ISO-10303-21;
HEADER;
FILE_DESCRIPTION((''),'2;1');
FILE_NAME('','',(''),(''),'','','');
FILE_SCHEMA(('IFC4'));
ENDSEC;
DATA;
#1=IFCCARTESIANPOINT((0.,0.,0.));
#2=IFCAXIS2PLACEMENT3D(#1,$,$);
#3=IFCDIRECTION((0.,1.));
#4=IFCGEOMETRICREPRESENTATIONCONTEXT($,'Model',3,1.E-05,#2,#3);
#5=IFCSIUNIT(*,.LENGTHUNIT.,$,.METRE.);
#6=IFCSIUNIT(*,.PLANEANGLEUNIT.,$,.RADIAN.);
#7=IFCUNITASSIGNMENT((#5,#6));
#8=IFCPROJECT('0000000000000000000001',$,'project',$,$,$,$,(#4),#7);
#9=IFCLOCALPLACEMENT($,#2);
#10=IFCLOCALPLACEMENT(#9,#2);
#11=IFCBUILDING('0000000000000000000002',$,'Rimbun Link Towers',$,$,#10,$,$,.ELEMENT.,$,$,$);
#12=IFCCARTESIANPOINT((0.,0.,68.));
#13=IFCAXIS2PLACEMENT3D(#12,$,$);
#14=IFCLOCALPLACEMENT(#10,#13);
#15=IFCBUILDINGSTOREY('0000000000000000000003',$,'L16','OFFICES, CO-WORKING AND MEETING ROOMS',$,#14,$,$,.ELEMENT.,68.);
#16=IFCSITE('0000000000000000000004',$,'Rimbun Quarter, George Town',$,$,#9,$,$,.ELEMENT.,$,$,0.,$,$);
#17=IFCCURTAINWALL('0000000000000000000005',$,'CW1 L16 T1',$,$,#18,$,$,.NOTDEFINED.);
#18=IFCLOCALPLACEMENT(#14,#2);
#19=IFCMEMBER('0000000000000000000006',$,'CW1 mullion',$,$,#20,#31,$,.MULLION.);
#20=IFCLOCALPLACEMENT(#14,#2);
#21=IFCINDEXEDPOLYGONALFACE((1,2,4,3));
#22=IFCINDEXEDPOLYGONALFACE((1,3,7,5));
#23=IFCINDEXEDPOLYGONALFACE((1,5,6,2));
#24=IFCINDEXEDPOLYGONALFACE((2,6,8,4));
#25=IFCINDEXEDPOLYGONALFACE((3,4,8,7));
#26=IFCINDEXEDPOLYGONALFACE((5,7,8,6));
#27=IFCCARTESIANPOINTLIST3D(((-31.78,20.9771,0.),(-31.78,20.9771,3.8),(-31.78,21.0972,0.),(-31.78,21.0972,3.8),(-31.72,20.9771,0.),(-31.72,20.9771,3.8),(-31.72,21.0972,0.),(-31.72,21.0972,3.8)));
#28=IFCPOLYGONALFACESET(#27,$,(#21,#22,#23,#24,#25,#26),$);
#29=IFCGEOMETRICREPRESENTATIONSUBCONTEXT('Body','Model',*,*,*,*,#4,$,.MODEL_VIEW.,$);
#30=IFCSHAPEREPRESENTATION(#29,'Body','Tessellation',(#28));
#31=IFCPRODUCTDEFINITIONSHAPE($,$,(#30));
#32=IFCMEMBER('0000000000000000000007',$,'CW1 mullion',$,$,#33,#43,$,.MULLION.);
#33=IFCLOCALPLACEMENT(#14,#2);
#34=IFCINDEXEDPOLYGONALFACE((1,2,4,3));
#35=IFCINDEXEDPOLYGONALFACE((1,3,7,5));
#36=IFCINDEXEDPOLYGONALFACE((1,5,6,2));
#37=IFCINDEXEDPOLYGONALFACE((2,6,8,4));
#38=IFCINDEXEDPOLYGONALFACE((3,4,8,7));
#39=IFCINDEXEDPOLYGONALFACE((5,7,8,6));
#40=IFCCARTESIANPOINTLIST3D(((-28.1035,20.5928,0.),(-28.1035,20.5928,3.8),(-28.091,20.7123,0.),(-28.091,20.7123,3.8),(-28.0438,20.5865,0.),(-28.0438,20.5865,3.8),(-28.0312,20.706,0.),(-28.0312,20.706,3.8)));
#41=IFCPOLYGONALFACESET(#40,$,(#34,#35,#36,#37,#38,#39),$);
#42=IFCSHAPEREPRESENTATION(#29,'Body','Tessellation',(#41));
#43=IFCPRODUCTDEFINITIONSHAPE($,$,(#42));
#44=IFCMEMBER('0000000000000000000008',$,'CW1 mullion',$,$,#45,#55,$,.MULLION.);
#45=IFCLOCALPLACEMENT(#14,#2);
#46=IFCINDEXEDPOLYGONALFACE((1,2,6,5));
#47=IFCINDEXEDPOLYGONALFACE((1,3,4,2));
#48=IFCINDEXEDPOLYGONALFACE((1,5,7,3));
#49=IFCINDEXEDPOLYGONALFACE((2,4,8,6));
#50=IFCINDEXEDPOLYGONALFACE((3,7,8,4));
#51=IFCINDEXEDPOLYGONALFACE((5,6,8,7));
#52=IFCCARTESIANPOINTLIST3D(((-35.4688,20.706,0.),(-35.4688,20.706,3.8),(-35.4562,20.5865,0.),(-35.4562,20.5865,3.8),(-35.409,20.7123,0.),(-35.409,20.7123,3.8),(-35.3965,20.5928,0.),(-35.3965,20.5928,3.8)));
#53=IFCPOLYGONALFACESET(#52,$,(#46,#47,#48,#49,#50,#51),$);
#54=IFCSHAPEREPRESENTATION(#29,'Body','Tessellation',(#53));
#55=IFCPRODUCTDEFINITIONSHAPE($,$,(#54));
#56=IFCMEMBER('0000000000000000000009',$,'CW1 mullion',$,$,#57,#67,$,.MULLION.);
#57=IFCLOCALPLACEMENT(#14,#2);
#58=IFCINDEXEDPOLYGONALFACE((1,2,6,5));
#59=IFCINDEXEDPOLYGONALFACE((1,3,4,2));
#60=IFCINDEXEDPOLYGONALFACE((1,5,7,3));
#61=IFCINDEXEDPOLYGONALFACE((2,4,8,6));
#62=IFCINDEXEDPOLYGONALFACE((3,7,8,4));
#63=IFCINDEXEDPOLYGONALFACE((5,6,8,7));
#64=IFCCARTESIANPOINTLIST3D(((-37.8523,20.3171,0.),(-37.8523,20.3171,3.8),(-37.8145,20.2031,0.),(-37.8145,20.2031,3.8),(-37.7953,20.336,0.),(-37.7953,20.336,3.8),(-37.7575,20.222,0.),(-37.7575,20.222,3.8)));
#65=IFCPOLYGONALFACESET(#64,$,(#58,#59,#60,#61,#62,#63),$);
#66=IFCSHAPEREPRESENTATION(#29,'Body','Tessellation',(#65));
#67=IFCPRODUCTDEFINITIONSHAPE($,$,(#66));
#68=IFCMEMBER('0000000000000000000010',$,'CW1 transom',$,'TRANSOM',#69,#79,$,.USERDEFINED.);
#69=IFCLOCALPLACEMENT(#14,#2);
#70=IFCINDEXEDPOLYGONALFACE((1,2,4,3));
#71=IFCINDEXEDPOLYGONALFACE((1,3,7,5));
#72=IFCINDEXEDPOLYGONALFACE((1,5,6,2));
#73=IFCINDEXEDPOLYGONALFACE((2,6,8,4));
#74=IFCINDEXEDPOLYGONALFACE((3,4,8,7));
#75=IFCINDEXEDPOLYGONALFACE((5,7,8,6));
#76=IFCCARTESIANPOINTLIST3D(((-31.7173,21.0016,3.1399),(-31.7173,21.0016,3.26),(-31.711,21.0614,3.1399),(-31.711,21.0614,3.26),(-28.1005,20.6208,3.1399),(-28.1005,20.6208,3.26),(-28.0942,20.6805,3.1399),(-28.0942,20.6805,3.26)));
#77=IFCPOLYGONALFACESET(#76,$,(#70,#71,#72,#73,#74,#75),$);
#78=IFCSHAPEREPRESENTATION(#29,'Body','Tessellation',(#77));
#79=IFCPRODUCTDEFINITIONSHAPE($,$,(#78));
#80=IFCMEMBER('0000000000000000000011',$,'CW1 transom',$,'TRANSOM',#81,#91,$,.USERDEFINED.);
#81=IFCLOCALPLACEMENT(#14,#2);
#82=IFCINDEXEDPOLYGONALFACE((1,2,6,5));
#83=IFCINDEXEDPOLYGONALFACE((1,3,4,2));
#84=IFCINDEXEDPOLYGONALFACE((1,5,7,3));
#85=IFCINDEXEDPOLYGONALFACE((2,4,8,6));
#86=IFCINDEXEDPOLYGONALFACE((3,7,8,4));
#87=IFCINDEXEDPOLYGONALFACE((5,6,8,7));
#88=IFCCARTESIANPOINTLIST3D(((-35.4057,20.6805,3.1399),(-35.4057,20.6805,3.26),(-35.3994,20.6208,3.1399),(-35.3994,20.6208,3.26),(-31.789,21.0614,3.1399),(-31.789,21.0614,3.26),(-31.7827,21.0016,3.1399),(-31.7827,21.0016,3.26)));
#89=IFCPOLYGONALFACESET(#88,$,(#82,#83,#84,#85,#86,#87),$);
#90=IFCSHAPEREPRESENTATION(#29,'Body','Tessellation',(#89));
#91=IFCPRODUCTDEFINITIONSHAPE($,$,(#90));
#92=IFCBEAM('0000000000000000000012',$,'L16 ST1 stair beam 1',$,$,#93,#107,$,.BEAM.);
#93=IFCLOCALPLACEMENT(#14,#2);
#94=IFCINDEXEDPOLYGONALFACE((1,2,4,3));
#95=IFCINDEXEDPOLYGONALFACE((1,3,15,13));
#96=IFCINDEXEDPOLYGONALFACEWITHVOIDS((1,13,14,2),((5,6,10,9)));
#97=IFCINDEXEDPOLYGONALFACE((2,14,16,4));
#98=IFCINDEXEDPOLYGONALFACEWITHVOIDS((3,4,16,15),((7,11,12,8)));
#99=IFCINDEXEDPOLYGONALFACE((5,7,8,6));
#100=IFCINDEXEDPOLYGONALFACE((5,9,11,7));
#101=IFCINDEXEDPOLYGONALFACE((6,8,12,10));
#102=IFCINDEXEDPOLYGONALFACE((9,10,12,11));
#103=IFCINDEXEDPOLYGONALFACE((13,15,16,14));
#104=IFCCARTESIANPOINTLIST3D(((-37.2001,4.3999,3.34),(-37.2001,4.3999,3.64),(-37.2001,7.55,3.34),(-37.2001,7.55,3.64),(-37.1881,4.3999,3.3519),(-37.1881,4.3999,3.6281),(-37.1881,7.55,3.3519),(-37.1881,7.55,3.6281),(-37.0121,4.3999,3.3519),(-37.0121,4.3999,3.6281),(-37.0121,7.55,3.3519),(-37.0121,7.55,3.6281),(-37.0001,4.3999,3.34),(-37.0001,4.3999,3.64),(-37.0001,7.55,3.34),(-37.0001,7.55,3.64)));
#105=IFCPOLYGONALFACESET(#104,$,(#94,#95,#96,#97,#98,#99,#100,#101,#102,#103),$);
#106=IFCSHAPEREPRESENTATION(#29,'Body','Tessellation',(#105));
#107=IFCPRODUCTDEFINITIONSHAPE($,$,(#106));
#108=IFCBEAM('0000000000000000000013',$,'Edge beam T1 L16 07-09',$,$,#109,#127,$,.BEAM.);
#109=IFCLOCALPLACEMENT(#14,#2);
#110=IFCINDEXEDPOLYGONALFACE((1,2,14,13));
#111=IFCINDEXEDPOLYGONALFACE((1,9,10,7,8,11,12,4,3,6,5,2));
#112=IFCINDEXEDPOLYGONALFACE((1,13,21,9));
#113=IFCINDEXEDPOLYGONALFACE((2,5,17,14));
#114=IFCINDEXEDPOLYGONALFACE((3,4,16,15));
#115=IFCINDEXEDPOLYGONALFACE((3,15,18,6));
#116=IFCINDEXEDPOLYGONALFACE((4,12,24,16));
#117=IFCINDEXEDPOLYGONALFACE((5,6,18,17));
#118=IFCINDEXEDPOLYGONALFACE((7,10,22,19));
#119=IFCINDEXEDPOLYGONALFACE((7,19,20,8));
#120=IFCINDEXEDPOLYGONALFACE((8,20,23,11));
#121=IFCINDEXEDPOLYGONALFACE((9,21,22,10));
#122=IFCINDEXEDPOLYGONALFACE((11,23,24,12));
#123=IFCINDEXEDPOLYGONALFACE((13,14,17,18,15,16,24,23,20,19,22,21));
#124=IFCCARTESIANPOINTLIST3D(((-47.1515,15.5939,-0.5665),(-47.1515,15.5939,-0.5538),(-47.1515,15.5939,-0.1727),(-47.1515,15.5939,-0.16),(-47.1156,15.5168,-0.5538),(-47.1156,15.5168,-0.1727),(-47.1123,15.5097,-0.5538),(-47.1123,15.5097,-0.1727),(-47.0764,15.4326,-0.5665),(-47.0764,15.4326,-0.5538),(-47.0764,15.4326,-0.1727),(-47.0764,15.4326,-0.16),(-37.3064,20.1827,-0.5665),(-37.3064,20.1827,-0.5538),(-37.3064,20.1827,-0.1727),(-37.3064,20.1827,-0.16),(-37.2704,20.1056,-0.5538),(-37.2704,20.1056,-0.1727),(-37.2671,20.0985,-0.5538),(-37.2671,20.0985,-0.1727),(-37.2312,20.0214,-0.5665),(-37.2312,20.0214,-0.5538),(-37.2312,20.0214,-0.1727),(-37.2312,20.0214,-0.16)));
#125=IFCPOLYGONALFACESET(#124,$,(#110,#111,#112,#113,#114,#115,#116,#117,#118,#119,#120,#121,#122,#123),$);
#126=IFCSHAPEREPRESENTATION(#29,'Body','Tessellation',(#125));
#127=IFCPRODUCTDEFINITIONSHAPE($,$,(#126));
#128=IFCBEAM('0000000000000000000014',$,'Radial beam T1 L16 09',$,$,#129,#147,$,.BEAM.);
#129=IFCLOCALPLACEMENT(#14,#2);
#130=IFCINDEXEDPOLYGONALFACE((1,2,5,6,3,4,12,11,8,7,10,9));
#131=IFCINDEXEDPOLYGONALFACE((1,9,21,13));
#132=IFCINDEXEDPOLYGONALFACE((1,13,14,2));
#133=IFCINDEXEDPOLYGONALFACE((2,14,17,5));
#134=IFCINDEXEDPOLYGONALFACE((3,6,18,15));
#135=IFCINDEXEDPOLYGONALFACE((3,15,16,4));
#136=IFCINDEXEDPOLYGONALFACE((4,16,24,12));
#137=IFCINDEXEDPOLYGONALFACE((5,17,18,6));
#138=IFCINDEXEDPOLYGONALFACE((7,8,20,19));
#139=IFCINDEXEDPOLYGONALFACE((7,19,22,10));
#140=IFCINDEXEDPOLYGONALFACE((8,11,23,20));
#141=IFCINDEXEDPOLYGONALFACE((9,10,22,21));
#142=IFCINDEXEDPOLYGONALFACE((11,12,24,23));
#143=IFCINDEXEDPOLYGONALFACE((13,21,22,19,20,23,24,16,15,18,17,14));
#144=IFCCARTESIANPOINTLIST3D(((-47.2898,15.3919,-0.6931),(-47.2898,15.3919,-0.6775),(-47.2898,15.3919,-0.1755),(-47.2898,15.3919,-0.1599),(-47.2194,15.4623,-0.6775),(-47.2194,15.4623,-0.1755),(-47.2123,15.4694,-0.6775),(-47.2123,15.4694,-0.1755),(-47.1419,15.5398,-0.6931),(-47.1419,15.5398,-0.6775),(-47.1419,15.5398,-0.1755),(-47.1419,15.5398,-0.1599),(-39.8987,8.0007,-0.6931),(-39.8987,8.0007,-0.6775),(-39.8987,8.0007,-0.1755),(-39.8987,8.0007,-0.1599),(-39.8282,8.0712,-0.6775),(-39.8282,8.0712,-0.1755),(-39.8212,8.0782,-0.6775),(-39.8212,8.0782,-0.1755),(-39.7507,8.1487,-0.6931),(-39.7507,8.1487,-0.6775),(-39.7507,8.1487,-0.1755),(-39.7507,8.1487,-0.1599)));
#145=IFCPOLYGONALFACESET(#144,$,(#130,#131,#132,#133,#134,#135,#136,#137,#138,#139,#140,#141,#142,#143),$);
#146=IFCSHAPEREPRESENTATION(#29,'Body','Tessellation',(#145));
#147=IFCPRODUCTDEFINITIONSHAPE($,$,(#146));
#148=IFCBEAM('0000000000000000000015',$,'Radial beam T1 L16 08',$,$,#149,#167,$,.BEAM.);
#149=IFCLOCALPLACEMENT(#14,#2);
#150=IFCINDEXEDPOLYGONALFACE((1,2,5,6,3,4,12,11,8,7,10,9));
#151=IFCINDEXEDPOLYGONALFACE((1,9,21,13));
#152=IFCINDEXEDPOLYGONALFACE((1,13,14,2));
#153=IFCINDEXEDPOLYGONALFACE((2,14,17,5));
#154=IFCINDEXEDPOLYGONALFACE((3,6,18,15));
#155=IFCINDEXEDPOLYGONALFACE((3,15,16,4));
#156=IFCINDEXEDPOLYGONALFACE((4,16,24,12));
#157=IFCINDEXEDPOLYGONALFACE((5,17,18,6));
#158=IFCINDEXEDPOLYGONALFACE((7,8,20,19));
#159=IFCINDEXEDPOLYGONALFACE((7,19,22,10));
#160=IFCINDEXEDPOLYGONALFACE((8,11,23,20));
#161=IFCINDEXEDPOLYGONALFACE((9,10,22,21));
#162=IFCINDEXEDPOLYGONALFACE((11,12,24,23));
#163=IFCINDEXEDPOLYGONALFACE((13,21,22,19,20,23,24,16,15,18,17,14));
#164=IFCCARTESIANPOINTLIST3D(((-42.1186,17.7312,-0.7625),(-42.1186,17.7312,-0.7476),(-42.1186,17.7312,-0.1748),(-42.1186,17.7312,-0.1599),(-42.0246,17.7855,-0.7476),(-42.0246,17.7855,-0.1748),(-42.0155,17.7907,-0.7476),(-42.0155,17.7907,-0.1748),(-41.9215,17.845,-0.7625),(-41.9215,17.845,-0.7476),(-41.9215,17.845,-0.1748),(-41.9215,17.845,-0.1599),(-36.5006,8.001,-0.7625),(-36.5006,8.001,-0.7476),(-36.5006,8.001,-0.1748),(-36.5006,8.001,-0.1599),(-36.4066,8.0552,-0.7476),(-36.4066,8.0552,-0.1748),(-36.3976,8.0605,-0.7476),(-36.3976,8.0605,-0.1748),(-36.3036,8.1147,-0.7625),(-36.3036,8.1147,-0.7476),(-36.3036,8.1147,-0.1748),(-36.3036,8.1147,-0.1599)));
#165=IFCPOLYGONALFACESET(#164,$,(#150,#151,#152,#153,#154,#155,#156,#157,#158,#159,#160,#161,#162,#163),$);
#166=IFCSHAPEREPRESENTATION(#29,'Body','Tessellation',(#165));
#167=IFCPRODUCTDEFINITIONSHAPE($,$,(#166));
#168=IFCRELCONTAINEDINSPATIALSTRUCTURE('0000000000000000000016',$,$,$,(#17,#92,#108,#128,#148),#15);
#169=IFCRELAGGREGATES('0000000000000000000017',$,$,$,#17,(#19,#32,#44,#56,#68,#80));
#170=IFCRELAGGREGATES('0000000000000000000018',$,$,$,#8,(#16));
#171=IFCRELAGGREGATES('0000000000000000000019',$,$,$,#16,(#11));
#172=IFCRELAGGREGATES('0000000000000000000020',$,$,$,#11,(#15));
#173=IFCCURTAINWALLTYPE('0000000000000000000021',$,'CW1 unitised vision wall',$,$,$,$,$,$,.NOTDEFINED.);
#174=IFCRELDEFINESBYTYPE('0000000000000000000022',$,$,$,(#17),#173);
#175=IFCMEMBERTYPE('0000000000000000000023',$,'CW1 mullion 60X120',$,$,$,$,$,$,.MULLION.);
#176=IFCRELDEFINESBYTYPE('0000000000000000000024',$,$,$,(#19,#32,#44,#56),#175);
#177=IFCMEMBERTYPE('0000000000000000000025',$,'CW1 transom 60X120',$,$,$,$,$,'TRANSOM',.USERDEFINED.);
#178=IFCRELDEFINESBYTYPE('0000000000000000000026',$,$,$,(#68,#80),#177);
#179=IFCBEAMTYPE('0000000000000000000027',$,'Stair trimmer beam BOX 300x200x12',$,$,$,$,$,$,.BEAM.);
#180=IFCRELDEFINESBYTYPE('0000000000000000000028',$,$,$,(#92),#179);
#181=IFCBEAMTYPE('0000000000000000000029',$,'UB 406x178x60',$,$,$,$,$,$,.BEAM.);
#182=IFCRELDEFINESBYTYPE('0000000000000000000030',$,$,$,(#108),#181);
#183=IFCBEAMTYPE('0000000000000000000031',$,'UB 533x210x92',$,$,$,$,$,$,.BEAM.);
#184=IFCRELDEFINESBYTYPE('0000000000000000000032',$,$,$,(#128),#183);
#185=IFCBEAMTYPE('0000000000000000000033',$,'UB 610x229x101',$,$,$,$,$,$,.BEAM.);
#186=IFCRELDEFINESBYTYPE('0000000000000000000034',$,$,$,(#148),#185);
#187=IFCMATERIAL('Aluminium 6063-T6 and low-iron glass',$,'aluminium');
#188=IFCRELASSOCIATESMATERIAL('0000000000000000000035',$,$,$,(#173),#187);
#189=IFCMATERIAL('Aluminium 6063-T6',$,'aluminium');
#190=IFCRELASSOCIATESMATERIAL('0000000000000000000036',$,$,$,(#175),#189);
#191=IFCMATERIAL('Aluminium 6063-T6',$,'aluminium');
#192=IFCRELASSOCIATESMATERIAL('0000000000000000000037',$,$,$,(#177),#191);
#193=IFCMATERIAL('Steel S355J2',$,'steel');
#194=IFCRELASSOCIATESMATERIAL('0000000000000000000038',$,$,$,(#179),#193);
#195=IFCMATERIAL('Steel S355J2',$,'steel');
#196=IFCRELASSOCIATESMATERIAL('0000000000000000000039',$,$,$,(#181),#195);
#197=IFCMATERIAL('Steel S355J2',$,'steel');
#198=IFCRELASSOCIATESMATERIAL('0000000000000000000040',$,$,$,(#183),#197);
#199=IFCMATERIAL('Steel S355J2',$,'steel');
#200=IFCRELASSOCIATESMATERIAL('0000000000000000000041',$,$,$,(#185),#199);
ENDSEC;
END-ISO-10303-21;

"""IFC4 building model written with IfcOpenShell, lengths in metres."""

from ifc_helpers import new_model, si_unit, direction, frame, origin, origin_2d, place, context, subcontext, project, spatial, rectangle, hollow_rectangle, i_section, extrude, material, material_profile, profile_set, type_object, element, aggregate, save


model = new_model("IFC4")

# Units and contexts
model_context = context("Model", 3, precision=1e-05, world=origin(), true_north=direction((0.0, 1.0)))
body_context = subcontext(model_context, "Body", "Model", "MODEL_VIEW")
ifc_project = project(units=[si_unit("LENGTHUNIT", "METRE"), si_unit("PLANEANGLEUNIT", "RADIAN")], contexts=[model_context])

# Site, building, storey
site_placement = place(None, origin())
site = spatial("IfcSite", under=ifc_project, at=site_placement, Name="Rimbun Quarter, George Town", CompositionType="ELEMENT", RefElevation=0.0)
building_placement = place(site_placement, origin())
building = spatial("IfcBuilding", under=site, at=building_placement, Name="Rimbun Link Towers", CompositionType="ELEMENT")
storey_placement = place(building_placement, frame((0.0, 0.0, 68.0)))
storey = spatial("IfcBuildingStorey", under=building, at=storey_placement, Name="L16", Description="OFFICES, CO-WORKING AND MEETING ROOMS", CompositionType="ELEMENT", Elevation=68.0)

# Curtain wall, members
ifc_material_1 = material(Name="Aluminium 6063-T6 and low-iron glass", Category="aluminium")
curtain_wall_type = type_object("IfcCurtainWallType", Name="CW1 unitised vision wall", PredefinedType="NOTDEFINED", material=ifc_material_1)
curtain_wall_placement = place(storey_placement, origin())
curtain_wall = element("IfcCurtainWall", 1, at=curtain_wall_placement, inside=storey, type_object=curtain_wall_type, Name="CW1 L16 T1", PredefinedType="NOTDEFINED")
ifc_material_2 = material(Name="Aluminium 6063-T6", Category="aluminium")
ifc_material_profile_1 = material_profile(ifc_material_2, rectangle(XDim=0.1201, YDim=0.0601, at=origin_2d()), Name="MULLION 60X120")
ifc_profile_set_1 = profile_set([ifc_material_profile_1], Name="Aluminium 6063-T6")
member_type_1 = type_object("IfcMemberType", Name="CW1 mullion 60X120", PredefinedType="MULLION", material=ifc_profile_set_1)
member_1_placement = place(storey_placement, frame((-31.75, 21.0371, 0.0), z_axis=(0.0, 0.0, 1.0), x_axis=(0.0, 1.0, 0.0)))
member_1 = element("IfcMember", 2, at=member_1_placement, type_object=member_type_1, Name="CW1 mullion", PredefinedType="MULLION", context=body_context, shape_type="SweptSolid", body=[
    extrude(rectangle(XDim=0.1201, YDim=0.0601, at=origin_2d()), origin(), (0.0, 0.0, 1.0), 3.8),
])
member_2_placement = place(storey_placement, frame((-28.0674, 20.6494, 0.0), z_axis=(0.0, 0.0, 1.0), x_axis=(0.104735, 0.9945, 0.0)))
member_2 = element("IfcMember", 3, at=member_2_placement, type_object=member_type_1, Name="CW1 mullion", PredefinedType="MULLION", context=body_context, shape_type="SweptSolid", body=[
    extrude(rectangle(XDim=0.1201, YDim=0.0601, at=origin_2d()), origin(), (0.0, 0.0, 1.0), 3.8),
])
member_3_placement = place(storey_placement, frame((-35.4326, 20.6494, 0.0), z_axis=(0.0, 0.0, 1.0), x_axis=(-0.104735, 0.9945, 0.0)))
member_3 = element("IfcMember", 4, at=member_3_placement, type_object=member_type_1, Name="CW1 mullion", PredefinedType="MULLION", context=body_context, shape_type="SweptSolid", body=[
    extrude(rectangle(XDim=0.1201, YDim=0.0601, at=origin_2d()), origin(), (0.0, 0.0, 1.0), 3.8),
])
member_4_placement = place(storey_placement, frame((-37.8049, 20.2695, 0.0), z_axis=(0.0, 0.0, 1.0), x_axis=(-0.314556, 0.949239, 0.0)))
member_4 = element("IfcMember", 5, at=member_4_placement, type_object=member_type_1, Name="CW1 mullion", PredefinedType="MULLION", context=body_context, shape_type="SweptSolid", body=[
    extrude(rectangle(XDim=0.1201, YDim=0.0601, at=origin_2d()), origin(), (0.0, 0.0, 1.0), 3.8),
])
ifc_material_3 = material(Name="Aluminium 6063-T6", Category="aluminium")
ifc_material_profile_2 = material_profile(ifc_material_3, rectangle(XDim=0.0601, YDim=0.1201, at=origin_2d()), Name="TRANSOM 60X120")
ifc_profile_set_2 = profile_set([ifc_material_profile_2], Name="Aluminium 6063-T6")
member_type_2 = type_object("IfcMemberType", Name="CW1 transom 60X120", ElementType="TRANSOM", PredefinedType="USERDEFINED", material=ifc_profile_set_2)
member_5_placement = place(storey_placement, frame((-31.7141, 21.0315, 3.2), z_axis=(0.994501, -0.104727, 0.0), x_axis=(0.104727, 0.994501, 0.0)))
member_5 = element("IfcMember", 6, at=member_5_placement, type_object=member_type_2, Name="CW1 transom", ObjectType="TRANSOM", PredefinedType="USERDEFINED", context=body_context, shape_type="SweptSolid", body=[
    extrude(rectangle(XDim=0.0601, YDim=0.1201, at=origin_2d()), origin(), (0.0, 0.0, 1.0), 3.6367),
])
member_6_placement = place(storey_placement, frame((-35.4026, 20.6506, 3.2), z_axis=(0.994501, 0.104727, 0.0), x_axis=(-0.104727, 0.994501, 0.0)))
member_6 = element("IfcMember", 7, at=member_6_placement, type_object=member_type_2, Name="CW1 transom", ObjectType="TRANSOM", PredefinedType="USERDEFINED", context=body_context, shape_type="SweptSolid", body=[
    extrude(rectangle(XDim=0.0601, YDim=0.1201, at=origin_2d()), origin(), (0.0, 0.0, 1.0), 3.6367),
])

# Beams
ifc_material_4 = material(Name="Steel S355J2", Category="steel")
ifc_material_profile_3 = material_profile(ifc_material_4, hollow_rectangle(XDim=0.2, YDim=0.3, WallThickness=0.012, at=origin_2d()), Name="BOX 300x200x12")
ifc_profile_set_3 = profile_set([ifc_material_profile_3], Name="Steel S355J2")
beam_type_1 = type_object("IfcBeamType", Name="Stair trimmer beam BOX 300x200x12", PredefinedType="BEAM", material=ifc_profile_set_3)
beam_1_placement = place(storey_placement, frame((-37.1001, 7.55, 3.49), z_axis=(0.0, -1.0, 0.0), x_axis=(1.0, 0.0, 0.0)))
element("IfcBeam", 8, at=beam_1_placement, inside=storey, type_object=beam_type_1, Name="L16 ST1 stair beam 1", PredefinedType="BEAM", context=body_context, shape_type="SweptSolid", body=[
    extrude(hollow_rectangle(XDim=0.2, YDim=0.3, WallThickness=0.012, at=origin_2d()), origin(), (0.0, 0.0, 1.0), 3.1501),
])
ifc_material_5 = material(Name="Steel S355J2", Category="steel")
ifc_material_profile_4 = material_profile(ifc_material_5, i_section(OverallWidth=0.178, OverallDepth=0.4065, WebThickness=0.0078, FlangeThickness=0.0127, at=origin_2d()), Name="UB 406x178x60")
ifc_profile_set_4 = profile_set([ifc_material_profile_4], Name="Steel S355J2")
beam_type_2 = type_object("IfcBeamType", Name="UB 406x178x60", PredefinedType="BEAM", material=ifc_profile_set_4)
beam_2_placement = place(storey_placement, frame((-37.2688, 20.1021, -0.3633), z_axis=(-0.906379, -0.422465, 0.0), x_axis=(0.422465, -0.906379, 0.0)))
element("IfcBeam", 9, at=beam_2_placement, inside=storey, type_object=beam_type_2, Name="Edge beam T1 L16 07-09", PredefinedType="BEAM", context=body_context, shape_type="SweptSolid", body=[
    extrude(i_section(OverallWidth=0.178, OverallDepth=0.4065, WebThickness=0.0078, FlangeThickness=0.0127, at=origin_2d()), origin(), (0.0, 0.0, 1.0), 10.8621),
])
ifc_material_6 = material(Name="Steel S355J2", Category="steel")
ifc_material_profile_5 = material_profile(ifc_material_6, i_section(OverallWidth=0.2092, OverallDepth=0.5332, WebThickness=0.01, FlangeThickness=0.0156, at=origin_2d()), Name="UB 533x210x92")
ifc_profile_set_5 = profile_set([ifc_material_profile_5], Name="Steel S355J2")
beam_type_3 = type_object("IfcBeamType", Name="UB 533x210x92", PredefinedType="BEAM", material=ifc_profile_set_5)
beam_3_placement = place(storey_placement, frame((-39.8247, 8.0747, -0.4265), z_axis=(-0.707107, 0.707107, 0.0), x_axis=(-0.707107, -0.707107, 0.0)))
element("IfcBeam", 10, at=beam_3_placement, inside=storey, type_object=beam_type_3, Name="Radial beam T1 L16 09", PredefinedType="BEAM", context=body_context, shape_type="SweptSolid", body=[
    extrude(i_section(OverallWidth=0.2092, OverallDepth=0.5332, WebThickness=0.01, FlangeThickness=0.0156, at=origin_2d()), origin(), (0.0, 0.0, 1.0), 10.4526),
])
ifc_material_7 = material(Name="Steel S355J2", Category="steel")
ifc_material_profile_6 = material_profile(ifc_material_7, i_section(OverallWidth=0.2275, OverallDepth=0.6025, WebThickness=0.0105, FlangeThickness=0.0149, at=origin_2d()), Name="UB 610x229x101")
ifc_profile_set_6 = profile_set([ifc_material_profile_6], Name="Steel S355J2")
beam_type_4 = type_object("IfcBeamType", Name="UB 610x229x101", PredefinedType="BEAM", material=ifc_profile_set_6)
beam_4_placement = place(storey_placement, frame((-36.4021, 8.0579, -0.4612), z_axis=(-0.500011, 0.866019, 0.0), x_axis=(-0.866019, -0.500011, 0.0)))
element("IfcBeam", 11, at=beam_4_placement, inside=storey, type_object=beam_type_4, Name="Radial beam T1 L16 08", PredefinedType="BEAM", context=body_context, shape_type="SweptSolid", body=[
    extrude(i_section(OverallWidth=0.2275, OverallDepth=0.6025, WebThickness=0.0105, FlangeThickness=0.0149, at=origin_2d()), origin(), (0.0, 0.0, 1.0), 11.2356),
])

aggregate(curtain_wall, [member_1, member_2, member_3, member_4, member_5, member_6])

save(model, "model.ifc")
